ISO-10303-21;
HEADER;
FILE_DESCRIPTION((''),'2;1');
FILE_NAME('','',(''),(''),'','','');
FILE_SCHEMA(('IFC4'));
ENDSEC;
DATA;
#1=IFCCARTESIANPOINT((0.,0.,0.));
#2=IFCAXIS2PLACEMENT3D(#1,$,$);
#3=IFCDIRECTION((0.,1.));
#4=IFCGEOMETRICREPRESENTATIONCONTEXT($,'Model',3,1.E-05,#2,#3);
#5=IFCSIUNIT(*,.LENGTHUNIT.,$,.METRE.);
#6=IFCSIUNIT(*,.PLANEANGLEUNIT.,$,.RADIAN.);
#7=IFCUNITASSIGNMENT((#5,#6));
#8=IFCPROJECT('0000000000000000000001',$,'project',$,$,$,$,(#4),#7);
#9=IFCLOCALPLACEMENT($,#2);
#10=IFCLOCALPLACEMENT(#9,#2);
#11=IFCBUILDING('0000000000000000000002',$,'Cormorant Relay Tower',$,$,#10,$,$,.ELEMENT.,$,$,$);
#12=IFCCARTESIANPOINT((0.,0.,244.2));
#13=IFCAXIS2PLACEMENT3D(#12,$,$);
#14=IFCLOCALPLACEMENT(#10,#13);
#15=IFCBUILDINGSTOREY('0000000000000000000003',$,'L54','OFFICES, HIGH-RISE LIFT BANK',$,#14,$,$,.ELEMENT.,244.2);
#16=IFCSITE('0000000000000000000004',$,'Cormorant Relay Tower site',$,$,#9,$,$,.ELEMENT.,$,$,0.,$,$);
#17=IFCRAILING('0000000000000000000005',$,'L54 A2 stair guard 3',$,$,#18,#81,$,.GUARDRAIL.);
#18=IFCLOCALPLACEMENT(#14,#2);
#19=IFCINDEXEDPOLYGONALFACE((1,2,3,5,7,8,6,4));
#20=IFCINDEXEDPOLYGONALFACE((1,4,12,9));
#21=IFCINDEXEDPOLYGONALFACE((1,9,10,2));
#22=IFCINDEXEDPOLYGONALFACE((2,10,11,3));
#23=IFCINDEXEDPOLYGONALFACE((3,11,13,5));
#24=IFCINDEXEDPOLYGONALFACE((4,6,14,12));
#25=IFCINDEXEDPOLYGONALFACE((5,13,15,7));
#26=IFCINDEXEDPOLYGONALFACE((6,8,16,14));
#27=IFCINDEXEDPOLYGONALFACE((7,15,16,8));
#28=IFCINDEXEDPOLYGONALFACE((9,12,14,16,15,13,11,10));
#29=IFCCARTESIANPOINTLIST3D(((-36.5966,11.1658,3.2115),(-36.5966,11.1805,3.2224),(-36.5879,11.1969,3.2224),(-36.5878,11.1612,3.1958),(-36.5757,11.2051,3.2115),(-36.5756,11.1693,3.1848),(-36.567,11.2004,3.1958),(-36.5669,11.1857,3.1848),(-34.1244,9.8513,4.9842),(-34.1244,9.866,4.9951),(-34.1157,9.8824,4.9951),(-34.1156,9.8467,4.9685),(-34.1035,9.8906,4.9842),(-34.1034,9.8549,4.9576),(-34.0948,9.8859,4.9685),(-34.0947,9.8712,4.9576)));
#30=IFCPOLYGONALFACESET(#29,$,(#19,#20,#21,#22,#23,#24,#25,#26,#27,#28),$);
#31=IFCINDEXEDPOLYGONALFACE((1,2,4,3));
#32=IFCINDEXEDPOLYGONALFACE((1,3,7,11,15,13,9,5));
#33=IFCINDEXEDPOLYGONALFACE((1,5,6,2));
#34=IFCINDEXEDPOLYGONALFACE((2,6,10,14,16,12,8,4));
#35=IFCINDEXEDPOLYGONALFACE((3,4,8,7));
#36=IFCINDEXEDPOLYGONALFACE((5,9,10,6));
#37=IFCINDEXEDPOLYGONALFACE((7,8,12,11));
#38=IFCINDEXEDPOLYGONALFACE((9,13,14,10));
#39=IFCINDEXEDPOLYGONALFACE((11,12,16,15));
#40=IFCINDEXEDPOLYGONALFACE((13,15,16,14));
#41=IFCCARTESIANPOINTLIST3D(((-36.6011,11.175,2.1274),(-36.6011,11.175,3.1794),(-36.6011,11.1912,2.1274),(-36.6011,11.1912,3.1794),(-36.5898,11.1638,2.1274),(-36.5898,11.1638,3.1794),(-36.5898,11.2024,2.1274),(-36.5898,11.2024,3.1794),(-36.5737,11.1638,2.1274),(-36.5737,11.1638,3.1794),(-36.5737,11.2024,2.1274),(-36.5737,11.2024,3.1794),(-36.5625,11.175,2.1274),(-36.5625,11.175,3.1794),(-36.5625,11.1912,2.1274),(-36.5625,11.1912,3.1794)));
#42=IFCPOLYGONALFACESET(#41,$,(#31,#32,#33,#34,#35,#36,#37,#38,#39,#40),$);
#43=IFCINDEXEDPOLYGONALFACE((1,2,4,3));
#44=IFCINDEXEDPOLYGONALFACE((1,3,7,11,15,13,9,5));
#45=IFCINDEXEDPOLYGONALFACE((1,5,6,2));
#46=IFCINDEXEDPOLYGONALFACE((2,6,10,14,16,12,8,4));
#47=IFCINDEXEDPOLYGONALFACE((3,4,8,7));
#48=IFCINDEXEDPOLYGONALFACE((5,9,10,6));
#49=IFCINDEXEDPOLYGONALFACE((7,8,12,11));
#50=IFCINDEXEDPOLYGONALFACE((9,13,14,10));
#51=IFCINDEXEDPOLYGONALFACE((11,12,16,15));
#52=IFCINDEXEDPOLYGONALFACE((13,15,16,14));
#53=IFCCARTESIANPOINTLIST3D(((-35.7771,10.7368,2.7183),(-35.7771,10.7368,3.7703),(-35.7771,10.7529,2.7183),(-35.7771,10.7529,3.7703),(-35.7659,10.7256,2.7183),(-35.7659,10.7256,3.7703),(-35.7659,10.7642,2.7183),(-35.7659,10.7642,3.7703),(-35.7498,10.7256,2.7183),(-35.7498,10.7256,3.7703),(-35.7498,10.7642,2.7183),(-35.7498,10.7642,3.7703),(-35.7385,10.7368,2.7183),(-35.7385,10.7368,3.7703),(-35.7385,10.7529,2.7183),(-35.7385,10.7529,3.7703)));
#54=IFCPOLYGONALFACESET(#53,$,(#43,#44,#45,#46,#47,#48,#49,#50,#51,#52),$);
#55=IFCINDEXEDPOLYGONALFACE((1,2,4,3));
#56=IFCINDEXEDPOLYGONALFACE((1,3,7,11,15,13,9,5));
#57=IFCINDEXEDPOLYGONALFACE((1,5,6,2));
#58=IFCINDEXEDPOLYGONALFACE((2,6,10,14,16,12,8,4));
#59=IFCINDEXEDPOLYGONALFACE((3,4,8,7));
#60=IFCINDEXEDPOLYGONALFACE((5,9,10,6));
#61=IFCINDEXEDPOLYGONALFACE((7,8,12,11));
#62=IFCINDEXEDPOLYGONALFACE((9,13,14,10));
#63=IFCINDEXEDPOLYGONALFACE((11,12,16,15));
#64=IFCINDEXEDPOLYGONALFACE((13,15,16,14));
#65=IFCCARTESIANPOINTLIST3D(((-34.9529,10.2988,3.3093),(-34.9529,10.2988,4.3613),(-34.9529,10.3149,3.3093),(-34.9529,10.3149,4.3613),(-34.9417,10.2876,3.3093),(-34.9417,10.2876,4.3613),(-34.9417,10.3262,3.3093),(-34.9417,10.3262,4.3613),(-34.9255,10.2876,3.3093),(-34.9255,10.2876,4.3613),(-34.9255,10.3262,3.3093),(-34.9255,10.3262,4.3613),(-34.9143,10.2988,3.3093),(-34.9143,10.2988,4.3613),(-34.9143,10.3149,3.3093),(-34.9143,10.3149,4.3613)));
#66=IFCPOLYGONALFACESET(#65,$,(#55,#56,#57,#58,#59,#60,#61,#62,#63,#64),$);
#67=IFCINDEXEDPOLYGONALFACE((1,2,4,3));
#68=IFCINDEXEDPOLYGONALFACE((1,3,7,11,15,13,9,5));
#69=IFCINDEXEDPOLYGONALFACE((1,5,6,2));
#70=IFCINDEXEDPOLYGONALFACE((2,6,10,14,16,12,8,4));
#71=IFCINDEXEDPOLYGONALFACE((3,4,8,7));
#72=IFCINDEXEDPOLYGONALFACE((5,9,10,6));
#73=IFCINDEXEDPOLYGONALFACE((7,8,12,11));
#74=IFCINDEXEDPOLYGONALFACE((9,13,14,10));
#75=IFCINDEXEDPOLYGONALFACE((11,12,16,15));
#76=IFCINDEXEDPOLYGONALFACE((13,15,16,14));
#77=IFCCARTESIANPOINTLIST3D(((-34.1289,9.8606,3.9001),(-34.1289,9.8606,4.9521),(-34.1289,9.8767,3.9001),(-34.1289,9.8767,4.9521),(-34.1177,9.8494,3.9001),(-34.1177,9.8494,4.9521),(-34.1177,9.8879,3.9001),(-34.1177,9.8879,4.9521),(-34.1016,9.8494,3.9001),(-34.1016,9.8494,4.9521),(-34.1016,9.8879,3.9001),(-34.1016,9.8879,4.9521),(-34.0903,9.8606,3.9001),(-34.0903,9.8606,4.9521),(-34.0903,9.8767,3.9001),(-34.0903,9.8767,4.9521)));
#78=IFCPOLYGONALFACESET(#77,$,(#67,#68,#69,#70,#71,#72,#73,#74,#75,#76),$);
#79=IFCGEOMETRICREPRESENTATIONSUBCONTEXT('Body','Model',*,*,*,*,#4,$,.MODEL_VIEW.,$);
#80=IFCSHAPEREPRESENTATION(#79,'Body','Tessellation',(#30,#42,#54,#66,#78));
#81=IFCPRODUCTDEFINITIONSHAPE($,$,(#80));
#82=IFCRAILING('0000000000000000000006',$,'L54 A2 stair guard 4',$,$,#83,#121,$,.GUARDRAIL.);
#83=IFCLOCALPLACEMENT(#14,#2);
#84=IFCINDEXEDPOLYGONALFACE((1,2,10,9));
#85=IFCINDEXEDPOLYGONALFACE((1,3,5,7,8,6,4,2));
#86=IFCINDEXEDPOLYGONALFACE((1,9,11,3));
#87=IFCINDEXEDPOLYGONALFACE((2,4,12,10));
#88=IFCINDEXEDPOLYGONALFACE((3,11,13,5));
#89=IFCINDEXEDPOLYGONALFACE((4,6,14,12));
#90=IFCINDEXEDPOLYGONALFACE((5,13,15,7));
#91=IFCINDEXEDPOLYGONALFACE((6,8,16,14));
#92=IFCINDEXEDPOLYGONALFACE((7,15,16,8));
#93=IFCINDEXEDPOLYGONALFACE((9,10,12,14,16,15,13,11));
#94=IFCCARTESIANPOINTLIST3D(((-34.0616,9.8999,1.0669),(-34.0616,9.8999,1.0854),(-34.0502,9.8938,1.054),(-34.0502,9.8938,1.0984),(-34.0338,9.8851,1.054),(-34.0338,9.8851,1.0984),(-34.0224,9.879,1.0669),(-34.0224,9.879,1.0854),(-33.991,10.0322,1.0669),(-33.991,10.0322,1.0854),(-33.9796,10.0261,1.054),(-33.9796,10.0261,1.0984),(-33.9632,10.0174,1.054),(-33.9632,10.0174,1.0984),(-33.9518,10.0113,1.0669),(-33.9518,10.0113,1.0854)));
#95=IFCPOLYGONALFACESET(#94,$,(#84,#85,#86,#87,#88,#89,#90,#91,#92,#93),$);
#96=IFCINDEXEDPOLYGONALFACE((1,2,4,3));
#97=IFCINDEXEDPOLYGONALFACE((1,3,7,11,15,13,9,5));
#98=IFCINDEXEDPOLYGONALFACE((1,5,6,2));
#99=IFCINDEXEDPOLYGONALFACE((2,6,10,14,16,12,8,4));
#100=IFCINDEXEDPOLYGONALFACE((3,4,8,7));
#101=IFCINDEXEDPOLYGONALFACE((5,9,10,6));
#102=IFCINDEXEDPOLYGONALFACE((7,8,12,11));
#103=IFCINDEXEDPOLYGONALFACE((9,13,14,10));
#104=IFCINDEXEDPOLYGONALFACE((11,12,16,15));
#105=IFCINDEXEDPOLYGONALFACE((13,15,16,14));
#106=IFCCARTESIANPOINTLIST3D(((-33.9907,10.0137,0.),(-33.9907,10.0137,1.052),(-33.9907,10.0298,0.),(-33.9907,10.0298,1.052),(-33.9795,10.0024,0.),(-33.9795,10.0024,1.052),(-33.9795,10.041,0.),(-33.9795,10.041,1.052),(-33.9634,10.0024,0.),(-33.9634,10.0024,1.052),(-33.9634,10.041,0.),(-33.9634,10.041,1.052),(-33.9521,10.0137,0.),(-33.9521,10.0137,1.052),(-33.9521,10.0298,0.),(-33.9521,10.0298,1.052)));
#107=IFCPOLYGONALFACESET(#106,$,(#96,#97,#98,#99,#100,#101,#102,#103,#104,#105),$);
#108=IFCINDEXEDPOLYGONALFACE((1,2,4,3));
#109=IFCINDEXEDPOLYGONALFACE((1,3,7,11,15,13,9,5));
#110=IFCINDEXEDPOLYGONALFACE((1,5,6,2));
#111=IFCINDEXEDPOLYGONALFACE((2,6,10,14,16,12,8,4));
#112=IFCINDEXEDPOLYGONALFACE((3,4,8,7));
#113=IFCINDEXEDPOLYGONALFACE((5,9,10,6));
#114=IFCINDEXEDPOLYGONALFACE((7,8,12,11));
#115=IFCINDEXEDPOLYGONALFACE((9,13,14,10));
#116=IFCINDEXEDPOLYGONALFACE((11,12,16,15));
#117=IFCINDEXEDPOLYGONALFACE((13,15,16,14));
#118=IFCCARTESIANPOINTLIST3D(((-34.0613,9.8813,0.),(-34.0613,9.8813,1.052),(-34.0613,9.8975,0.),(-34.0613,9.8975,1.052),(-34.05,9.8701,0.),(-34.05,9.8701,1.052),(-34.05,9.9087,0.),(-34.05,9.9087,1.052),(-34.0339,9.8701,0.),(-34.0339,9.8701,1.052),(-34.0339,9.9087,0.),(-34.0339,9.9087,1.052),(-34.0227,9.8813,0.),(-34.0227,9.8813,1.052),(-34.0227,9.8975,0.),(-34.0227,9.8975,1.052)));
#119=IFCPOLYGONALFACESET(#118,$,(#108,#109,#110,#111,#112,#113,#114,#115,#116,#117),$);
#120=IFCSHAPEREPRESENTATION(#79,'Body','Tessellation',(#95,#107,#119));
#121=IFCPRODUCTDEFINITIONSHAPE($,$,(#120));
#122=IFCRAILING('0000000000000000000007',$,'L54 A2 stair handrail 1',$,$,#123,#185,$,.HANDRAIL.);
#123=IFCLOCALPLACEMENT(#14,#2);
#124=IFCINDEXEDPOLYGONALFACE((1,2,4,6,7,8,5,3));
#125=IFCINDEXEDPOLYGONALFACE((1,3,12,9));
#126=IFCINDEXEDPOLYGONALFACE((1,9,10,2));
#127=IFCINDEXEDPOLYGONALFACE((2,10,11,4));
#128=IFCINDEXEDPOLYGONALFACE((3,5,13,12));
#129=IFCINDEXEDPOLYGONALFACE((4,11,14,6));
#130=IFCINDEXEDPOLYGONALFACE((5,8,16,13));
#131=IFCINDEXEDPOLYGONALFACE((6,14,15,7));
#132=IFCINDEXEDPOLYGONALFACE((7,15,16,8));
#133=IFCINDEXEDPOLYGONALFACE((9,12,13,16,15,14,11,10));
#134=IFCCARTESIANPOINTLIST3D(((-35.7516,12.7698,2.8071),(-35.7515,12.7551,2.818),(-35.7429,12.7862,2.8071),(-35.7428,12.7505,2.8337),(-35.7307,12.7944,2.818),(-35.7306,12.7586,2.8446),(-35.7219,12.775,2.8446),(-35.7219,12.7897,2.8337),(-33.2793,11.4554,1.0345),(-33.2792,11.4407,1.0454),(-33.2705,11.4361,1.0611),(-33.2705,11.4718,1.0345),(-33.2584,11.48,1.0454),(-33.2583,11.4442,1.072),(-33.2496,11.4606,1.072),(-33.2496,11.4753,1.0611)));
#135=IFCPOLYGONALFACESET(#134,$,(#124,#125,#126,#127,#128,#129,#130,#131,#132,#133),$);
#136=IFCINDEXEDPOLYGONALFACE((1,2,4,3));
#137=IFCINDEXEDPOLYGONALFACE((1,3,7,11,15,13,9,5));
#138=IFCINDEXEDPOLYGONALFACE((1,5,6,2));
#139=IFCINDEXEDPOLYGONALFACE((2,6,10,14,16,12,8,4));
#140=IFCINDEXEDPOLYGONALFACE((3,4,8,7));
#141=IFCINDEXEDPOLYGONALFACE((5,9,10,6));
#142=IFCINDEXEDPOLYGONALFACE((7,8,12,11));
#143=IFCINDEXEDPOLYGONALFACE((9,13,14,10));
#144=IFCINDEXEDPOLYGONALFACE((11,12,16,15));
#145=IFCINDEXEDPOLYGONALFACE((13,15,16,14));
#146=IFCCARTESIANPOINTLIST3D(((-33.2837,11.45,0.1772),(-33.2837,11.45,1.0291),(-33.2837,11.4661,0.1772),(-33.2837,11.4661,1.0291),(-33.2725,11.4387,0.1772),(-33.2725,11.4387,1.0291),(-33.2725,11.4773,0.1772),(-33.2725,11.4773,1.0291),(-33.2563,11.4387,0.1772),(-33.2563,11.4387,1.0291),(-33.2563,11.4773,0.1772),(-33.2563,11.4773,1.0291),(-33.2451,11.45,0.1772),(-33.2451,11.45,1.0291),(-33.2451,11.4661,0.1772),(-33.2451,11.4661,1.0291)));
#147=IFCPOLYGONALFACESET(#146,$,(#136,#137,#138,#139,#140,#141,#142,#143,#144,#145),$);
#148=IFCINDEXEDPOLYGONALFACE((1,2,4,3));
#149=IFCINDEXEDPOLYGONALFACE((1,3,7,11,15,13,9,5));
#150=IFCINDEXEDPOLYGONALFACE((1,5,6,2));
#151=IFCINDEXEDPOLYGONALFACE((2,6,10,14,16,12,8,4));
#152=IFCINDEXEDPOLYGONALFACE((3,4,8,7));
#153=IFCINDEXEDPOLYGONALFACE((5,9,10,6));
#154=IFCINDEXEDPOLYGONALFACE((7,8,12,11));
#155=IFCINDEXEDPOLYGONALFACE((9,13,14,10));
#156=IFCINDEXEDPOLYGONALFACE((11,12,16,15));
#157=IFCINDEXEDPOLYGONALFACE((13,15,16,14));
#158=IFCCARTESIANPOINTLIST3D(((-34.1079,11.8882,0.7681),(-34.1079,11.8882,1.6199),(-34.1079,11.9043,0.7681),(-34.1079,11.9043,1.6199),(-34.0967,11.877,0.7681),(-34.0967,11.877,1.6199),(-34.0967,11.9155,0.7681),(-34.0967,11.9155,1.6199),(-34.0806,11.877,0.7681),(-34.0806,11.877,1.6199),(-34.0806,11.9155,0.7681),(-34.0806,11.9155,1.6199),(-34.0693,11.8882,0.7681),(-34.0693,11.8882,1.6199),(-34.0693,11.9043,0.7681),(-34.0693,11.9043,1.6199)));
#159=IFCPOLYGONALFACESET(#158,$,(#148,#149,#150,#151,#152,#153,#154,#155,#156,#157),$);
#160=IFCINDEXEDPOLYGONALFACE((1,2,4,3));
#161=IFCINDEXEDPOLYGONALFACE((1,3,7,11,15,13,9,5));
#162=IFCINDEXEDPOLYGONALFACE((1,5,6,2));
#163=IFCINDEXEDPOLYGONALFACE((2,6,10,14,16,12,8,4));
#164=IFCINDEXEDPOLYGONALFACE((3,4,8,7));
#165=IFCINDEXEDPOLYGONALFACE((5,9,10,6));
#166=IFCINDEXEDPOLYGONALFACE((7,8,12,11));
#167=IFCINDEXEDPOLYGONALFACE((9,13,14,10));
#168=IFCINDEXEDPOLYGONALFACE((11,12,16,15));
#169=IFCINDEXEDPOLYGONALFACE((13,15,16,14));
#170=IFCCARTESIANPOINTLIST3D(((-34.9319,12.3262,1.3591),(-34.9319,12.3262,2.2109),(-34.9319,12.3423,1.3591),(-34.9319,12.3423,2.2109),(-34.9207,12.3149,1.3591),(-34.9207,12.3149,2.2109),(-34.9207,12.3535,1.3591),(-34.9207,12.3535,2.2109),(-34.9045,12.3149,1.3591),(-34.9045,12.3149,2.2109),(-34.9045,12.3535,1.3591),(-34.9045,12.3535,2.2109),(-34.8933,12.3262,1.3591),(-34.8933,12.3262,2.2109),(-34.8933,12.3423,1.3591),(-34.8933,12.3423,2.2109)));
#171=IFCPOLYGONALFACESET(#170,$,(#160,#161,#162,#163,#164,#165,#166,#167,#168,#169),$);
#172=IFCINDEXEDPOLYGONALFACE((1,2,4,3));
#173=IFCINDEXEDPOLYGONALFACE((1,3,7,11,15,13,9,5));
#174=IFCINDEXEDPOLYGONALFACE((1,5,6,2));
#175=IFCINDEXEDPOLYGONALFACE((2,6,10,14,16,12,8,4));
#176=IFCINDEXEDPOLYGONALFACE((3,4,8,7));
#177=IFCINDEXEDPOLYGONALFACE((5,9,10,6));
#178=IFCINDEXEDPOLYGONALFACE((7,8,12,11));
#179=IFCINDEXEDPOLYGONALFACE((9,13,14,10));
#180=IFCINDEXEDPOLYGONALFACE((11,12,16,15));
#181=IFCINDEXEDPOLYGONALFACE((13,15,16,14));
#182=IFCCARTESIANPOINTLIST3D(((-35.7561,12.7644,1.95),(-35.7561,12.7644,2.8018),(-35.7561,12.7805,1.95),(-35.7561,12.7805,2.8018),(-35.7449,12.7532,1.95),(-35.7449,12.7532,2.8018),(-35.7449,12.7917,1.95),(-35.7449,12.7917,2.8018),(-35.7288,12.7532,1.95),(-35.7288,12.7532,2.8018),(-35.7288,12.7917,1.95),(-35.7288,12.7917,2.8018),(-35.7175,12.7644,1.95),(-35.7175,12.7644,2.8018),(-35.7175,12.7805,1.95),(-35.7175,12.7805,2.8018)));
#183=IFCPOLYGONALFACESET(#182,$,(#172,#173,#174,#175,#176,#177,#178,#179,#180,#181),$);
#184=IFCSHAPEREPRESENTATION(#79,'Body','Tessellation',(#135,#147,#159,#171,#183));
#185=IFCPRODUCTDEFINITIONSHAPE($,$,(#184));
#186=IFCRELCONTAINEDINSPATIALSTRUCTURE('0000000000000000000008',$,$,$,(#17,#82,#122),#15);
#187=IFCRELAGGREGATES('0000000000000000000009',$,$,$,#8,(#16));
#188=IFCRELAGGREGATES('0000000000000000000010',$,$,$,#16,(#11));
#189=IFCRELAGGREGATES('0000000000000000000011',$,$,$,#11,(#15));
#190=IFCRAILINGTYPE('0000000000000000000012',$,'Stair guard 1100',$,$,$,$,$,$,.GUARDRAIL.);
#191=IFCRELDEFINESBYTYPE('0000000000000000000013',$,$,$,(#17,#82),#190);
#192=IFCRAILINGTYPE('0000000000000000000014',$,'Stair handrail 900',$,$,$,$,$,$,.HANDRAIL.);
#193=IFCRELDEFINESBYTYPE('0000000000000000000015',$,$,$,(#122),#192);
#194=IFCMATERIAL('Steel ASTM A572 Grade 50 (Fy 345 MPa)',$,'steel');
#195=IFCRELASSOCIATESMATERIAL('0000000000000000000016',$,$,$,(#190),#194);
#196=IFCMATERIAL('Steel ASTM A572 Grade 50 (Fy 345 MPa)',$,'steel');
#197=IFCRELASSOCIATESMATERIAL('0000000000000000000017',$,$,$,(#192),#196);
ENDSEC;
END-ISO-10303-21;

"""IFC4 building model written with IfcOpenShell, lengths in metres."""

from ifc_helpers import new_model, si_unit, direction, frame, origin, place, context, subcontext, project, spatial, polyline, outline, extrude, material, type_object, element, save


model = new_model("IFC4")

# Units and contexts
model_context = context("Model", 3, precision=1e-05, world=origin(), true_north=direction((0.0, 1.0)))
body_context = subcontext(model_context, "Body", "Model", "MODEL_VIEW")
ifc_project = project(units=[si_unit("LENGTHUNIT", "METRE"), si_unit("PLANEANGLEUNIT", "RADIAN")], contexts=[model_context])

# Site, building, storey
site_placement = place(None, origin())
site = spatial("IfcSite", under=ifc_project, at=site_placement, Name="Cormorant Relay Tower site", CompositionType="ELEMENT", RefElevation=0.0)
building_placement = place(site_placement, origin())
building = spatial("IfcBuilding", under=site, at=building_placement, Name="Cormorant Relay Tower", CompositionType="ELEMENT")
storey_placement = place(building_placement, frame((0.0, 0.0, 244.2)))
storey = spatial("IfcBuildingStorey", under=building, at=storey_placement, Name="L54", Description="OFFICES, HIGH-RISE LIFT BANK", CompositionType="ELEMENT", Elevation=244.2)

# Railings
ifc_material_1 = material(Name="Steel ASTM A572 Grade 50 (Fy 345 MPa)", Category="steel")
railing_type_1 = type_object("IfcRailingType", Name="Stair guard 1100", PredefinedType="GUARDRAIL", material=ifc_material_1)
railing_1_placement = place(storey_placement, frame((-36.5818, 11.1831, 2.1274)))
element("IfcRailing", 1, at=railing_1_placement, inside=storey, type_object=railing_type_1, Name="L54 A2 stair guard 3", PredefinedType="GUARDRAIL", context=body_context, shape_type="SweptSolid", body=[
    extrude(outline(polyline([(0.0222, 0.0093), (0.0093, 0.0222), (-0.0093, 0.0222), (-0.0222, 0.0093), (-0.0222, -0.0093), (-0.0093, -0.0222), (0.0093, -0.0222), (0.0222, -0.0093), (0.0222, 0.0093)])), frame((0.0, 0.0, 1.0762), z_axis=(0.746001, -0.396649, 0.534931), x_axis=(0.469465, 0.882951, 0.0)), (0.0, 0.0, 1.0), 3.314),
    extrude(outline(polyline([(0.0193, 0.0081), (0.0081, 0.0193), (-0.0081, 0.0193), (-0.0193, 0.0081), (-0.0193, -0.0081), (-0.0081, -0.0193), (0.0081, -0.0193), (0.0193, -0.0081), (0.0193, 0.0081)])), origin(), (0.0, 0.0, 1.0), 1.052),
    extrude(outline(polyline([(0.0193, 0.0081), (0.0081, 0.0193), (-0.0081, 0.0193), (-0.0193, 0.0081), (-0.0193, -0.0081), (-0.0081, -0.0193), (0.0081, -0.0193), (0.0193, -0.0081), (0.0193, 0.0081)])), frame((0.824, -0.4382, 0.5908)), (0.0, 0.0, 1.0), 1.052),
    extrude(outline(polyline([(0.0193, 0.0081), (0.0081, 0.0193), (-0.0081, 0.0193), (-0.0193, 0.0081), (-0.0193, -0.0081), (-0.0081, -0.0193), (0.0081, -0.0193), (0.0193, -0.0081), (0.0193, 0.0081)])), frame((1.6482, -0.8762, 1.1819)), (0.0, 0.0, 1.0), 1.052),
    extrude(outline(polyline([(0.0193, 0.0081), (0.0081, 0.0193), (-0.0081, 0.0193), (-0.0193, 0.0081), (-0.0193, -0.0081), (-0.0081, -0.0193), (0.0081, -0.0193), (0.0193, -0.0081), (0.0193, 0.0081)])), frame((2.4722, -1.3145, 1.7727)), (0.0, 0.0, 1.0), 1.052),
])
railing_2_placement = place(storey_placement, frame((-33.9714, 10.0217, 0.0)))
element("IfcRailing", 2, at=railing_2_placement, inside=storey, type_object=railing_type_1, Name="L54 A2 stair guard 4", PredefinedType="GUARDRAIL", context=body_context, shape_type="SweptSolid", body=[
    extrude(outline(polyline([(0.0222, 0.0093), (0.0093, 0.0222), (-0.0093, 0.0222), (-0.0222, 0.0093), (-0.0222, -0.0093), (-0.0093, -0.0222), (0.0093, -0.0222), (0.0222, -0.0093), (0.0222, 0.0093)])), frame((0.0, 0.0, 1.0762), z_axis=(-0.470504, -0.882398, 0.0), x_axis=(0.882398, -0.470504, 0.0)), (0.0, 0.0, 1.0), 0.1499),
    extrude(outline(polyline([(0.0193, 0.0081), (0.0081, 0.0193), (-0.0081, 0.0193), (-0.0193, 0.0081), (-0.0193, -0.0081), (-0.0081, -0.0193), (0.0081, -0.0193), (0.0193, -0.0081), (0.0193, 0.0081)])), origin(), (0.0, 0.0, 1.0), 1.052),
    extrude(outline(polyline([(0.0193, 0.0081), (0.0081, 0.0193), (-0.0081, 0.0193), (-0.0193, 0.0081), (-0.0193, -0.0081), (-0.0081, -0.0193), (0.0081, -0.0193), (0.0193, -0.0081), (0.0193, 0.0081)])), frame((-0.0706, -0.1323, 0.0)), (0.0, 0.0, 1.0), 1.052),
])
ifc_material_2 = material(Name="Steel ASTM A572 Grade 50 (Fy 345 MPa)", Category="steel")
railing_type_2 = type_object("IfcRailingType", Name="Stair handrail 900", PredefinedType="HANDRAIL", material=ifc_material_2)
railing_3_placement = place(storey_placement, frame((-33.2644, 11.458, 0.1772)))
element("IfcRailing", 3, at=railing_3_placement, inside=storey, type_object=railing_type_2, Name="L54 A2 stair handrail 1", PredefinedType="HANDRAIL", context=body_context, shape_type="SweptSolid", body=[
    extrude(outline(polyline([(0.0222, 0.0093), (0.0093, 0.0222), (-0.0093, 0.0222), (-0.0222, 0.0093), (-0.0222, -0.0093), (-0.0093, -0.0222), (0.0093, -0.0222), (0.0222, -0.0093), (0.0222, 0.0093)])), frame((0.0, 0.0, 0.876), z_axis=(-0.746034, 0.396627, 0.534902), x_axis=(-0.469429, -0.88297, 0.0)), (0.0, 0.0, 1.0), 3.314),
    extrude(outline(polyline([(0.0193, 0.0081), (0.0081, 0.0193), (-0.0081, 0.0193), (-0.0193, 0.0081), (-0.0193, -0.0081), (-0.0081, -0.0193), (0.0081, -0.0193), (0.0193, -0.0081), (0.0193, 0.0081)])), origin(), (0.0, 0.0, 1.0), 0.8518),
    extrude(outline(polyline([(0.0193, 0.0081), (0.0081, 0.0193), (-0.0081, 0.0193), (-0.0193, 0.0081), (-0.0193, -0.0081), (-0.0081, -0.0193), (0.0081, -0.0193), (0.0193, -0.0081), (0.0193, 0.0081)])), frame((-0.8242, 0.4382, 0.5908)), (0.0, 0.0, 1.0), 0.8518),
    extrude(outline(polyline([(0.0193, 0.0081), (0.0081, 0.0193), (-0.0081, 0.0193), (-0.0193, 0.0081), (-0.0193, -0.0081), (-0.0081, -0.0193), (0.0081, -0.0193), (0.0193, -0.0081), (0.0193, 0.0081)])), frame((-1.6482, 0.8762, 1.1819)), (0.0, 0.0, 1.0), 0.8518),
    extrude(outline(polyline([(0.0193, 0.0081), (0.0081, 0.0193), (-0.0081, 0.0193), (-0.0193, 0.0081), (-0.0193, -0.0081), (-0.0081, -0.0193), (0.0081, -0.0193), (0.0193, -0.0081), (0.0193, 0.0081)])), frame((-2.4724, 1.3145, 1.7727)), (0.0, 0.0, 1.0), 0.8518),
])

save(model, "model.ifc")
